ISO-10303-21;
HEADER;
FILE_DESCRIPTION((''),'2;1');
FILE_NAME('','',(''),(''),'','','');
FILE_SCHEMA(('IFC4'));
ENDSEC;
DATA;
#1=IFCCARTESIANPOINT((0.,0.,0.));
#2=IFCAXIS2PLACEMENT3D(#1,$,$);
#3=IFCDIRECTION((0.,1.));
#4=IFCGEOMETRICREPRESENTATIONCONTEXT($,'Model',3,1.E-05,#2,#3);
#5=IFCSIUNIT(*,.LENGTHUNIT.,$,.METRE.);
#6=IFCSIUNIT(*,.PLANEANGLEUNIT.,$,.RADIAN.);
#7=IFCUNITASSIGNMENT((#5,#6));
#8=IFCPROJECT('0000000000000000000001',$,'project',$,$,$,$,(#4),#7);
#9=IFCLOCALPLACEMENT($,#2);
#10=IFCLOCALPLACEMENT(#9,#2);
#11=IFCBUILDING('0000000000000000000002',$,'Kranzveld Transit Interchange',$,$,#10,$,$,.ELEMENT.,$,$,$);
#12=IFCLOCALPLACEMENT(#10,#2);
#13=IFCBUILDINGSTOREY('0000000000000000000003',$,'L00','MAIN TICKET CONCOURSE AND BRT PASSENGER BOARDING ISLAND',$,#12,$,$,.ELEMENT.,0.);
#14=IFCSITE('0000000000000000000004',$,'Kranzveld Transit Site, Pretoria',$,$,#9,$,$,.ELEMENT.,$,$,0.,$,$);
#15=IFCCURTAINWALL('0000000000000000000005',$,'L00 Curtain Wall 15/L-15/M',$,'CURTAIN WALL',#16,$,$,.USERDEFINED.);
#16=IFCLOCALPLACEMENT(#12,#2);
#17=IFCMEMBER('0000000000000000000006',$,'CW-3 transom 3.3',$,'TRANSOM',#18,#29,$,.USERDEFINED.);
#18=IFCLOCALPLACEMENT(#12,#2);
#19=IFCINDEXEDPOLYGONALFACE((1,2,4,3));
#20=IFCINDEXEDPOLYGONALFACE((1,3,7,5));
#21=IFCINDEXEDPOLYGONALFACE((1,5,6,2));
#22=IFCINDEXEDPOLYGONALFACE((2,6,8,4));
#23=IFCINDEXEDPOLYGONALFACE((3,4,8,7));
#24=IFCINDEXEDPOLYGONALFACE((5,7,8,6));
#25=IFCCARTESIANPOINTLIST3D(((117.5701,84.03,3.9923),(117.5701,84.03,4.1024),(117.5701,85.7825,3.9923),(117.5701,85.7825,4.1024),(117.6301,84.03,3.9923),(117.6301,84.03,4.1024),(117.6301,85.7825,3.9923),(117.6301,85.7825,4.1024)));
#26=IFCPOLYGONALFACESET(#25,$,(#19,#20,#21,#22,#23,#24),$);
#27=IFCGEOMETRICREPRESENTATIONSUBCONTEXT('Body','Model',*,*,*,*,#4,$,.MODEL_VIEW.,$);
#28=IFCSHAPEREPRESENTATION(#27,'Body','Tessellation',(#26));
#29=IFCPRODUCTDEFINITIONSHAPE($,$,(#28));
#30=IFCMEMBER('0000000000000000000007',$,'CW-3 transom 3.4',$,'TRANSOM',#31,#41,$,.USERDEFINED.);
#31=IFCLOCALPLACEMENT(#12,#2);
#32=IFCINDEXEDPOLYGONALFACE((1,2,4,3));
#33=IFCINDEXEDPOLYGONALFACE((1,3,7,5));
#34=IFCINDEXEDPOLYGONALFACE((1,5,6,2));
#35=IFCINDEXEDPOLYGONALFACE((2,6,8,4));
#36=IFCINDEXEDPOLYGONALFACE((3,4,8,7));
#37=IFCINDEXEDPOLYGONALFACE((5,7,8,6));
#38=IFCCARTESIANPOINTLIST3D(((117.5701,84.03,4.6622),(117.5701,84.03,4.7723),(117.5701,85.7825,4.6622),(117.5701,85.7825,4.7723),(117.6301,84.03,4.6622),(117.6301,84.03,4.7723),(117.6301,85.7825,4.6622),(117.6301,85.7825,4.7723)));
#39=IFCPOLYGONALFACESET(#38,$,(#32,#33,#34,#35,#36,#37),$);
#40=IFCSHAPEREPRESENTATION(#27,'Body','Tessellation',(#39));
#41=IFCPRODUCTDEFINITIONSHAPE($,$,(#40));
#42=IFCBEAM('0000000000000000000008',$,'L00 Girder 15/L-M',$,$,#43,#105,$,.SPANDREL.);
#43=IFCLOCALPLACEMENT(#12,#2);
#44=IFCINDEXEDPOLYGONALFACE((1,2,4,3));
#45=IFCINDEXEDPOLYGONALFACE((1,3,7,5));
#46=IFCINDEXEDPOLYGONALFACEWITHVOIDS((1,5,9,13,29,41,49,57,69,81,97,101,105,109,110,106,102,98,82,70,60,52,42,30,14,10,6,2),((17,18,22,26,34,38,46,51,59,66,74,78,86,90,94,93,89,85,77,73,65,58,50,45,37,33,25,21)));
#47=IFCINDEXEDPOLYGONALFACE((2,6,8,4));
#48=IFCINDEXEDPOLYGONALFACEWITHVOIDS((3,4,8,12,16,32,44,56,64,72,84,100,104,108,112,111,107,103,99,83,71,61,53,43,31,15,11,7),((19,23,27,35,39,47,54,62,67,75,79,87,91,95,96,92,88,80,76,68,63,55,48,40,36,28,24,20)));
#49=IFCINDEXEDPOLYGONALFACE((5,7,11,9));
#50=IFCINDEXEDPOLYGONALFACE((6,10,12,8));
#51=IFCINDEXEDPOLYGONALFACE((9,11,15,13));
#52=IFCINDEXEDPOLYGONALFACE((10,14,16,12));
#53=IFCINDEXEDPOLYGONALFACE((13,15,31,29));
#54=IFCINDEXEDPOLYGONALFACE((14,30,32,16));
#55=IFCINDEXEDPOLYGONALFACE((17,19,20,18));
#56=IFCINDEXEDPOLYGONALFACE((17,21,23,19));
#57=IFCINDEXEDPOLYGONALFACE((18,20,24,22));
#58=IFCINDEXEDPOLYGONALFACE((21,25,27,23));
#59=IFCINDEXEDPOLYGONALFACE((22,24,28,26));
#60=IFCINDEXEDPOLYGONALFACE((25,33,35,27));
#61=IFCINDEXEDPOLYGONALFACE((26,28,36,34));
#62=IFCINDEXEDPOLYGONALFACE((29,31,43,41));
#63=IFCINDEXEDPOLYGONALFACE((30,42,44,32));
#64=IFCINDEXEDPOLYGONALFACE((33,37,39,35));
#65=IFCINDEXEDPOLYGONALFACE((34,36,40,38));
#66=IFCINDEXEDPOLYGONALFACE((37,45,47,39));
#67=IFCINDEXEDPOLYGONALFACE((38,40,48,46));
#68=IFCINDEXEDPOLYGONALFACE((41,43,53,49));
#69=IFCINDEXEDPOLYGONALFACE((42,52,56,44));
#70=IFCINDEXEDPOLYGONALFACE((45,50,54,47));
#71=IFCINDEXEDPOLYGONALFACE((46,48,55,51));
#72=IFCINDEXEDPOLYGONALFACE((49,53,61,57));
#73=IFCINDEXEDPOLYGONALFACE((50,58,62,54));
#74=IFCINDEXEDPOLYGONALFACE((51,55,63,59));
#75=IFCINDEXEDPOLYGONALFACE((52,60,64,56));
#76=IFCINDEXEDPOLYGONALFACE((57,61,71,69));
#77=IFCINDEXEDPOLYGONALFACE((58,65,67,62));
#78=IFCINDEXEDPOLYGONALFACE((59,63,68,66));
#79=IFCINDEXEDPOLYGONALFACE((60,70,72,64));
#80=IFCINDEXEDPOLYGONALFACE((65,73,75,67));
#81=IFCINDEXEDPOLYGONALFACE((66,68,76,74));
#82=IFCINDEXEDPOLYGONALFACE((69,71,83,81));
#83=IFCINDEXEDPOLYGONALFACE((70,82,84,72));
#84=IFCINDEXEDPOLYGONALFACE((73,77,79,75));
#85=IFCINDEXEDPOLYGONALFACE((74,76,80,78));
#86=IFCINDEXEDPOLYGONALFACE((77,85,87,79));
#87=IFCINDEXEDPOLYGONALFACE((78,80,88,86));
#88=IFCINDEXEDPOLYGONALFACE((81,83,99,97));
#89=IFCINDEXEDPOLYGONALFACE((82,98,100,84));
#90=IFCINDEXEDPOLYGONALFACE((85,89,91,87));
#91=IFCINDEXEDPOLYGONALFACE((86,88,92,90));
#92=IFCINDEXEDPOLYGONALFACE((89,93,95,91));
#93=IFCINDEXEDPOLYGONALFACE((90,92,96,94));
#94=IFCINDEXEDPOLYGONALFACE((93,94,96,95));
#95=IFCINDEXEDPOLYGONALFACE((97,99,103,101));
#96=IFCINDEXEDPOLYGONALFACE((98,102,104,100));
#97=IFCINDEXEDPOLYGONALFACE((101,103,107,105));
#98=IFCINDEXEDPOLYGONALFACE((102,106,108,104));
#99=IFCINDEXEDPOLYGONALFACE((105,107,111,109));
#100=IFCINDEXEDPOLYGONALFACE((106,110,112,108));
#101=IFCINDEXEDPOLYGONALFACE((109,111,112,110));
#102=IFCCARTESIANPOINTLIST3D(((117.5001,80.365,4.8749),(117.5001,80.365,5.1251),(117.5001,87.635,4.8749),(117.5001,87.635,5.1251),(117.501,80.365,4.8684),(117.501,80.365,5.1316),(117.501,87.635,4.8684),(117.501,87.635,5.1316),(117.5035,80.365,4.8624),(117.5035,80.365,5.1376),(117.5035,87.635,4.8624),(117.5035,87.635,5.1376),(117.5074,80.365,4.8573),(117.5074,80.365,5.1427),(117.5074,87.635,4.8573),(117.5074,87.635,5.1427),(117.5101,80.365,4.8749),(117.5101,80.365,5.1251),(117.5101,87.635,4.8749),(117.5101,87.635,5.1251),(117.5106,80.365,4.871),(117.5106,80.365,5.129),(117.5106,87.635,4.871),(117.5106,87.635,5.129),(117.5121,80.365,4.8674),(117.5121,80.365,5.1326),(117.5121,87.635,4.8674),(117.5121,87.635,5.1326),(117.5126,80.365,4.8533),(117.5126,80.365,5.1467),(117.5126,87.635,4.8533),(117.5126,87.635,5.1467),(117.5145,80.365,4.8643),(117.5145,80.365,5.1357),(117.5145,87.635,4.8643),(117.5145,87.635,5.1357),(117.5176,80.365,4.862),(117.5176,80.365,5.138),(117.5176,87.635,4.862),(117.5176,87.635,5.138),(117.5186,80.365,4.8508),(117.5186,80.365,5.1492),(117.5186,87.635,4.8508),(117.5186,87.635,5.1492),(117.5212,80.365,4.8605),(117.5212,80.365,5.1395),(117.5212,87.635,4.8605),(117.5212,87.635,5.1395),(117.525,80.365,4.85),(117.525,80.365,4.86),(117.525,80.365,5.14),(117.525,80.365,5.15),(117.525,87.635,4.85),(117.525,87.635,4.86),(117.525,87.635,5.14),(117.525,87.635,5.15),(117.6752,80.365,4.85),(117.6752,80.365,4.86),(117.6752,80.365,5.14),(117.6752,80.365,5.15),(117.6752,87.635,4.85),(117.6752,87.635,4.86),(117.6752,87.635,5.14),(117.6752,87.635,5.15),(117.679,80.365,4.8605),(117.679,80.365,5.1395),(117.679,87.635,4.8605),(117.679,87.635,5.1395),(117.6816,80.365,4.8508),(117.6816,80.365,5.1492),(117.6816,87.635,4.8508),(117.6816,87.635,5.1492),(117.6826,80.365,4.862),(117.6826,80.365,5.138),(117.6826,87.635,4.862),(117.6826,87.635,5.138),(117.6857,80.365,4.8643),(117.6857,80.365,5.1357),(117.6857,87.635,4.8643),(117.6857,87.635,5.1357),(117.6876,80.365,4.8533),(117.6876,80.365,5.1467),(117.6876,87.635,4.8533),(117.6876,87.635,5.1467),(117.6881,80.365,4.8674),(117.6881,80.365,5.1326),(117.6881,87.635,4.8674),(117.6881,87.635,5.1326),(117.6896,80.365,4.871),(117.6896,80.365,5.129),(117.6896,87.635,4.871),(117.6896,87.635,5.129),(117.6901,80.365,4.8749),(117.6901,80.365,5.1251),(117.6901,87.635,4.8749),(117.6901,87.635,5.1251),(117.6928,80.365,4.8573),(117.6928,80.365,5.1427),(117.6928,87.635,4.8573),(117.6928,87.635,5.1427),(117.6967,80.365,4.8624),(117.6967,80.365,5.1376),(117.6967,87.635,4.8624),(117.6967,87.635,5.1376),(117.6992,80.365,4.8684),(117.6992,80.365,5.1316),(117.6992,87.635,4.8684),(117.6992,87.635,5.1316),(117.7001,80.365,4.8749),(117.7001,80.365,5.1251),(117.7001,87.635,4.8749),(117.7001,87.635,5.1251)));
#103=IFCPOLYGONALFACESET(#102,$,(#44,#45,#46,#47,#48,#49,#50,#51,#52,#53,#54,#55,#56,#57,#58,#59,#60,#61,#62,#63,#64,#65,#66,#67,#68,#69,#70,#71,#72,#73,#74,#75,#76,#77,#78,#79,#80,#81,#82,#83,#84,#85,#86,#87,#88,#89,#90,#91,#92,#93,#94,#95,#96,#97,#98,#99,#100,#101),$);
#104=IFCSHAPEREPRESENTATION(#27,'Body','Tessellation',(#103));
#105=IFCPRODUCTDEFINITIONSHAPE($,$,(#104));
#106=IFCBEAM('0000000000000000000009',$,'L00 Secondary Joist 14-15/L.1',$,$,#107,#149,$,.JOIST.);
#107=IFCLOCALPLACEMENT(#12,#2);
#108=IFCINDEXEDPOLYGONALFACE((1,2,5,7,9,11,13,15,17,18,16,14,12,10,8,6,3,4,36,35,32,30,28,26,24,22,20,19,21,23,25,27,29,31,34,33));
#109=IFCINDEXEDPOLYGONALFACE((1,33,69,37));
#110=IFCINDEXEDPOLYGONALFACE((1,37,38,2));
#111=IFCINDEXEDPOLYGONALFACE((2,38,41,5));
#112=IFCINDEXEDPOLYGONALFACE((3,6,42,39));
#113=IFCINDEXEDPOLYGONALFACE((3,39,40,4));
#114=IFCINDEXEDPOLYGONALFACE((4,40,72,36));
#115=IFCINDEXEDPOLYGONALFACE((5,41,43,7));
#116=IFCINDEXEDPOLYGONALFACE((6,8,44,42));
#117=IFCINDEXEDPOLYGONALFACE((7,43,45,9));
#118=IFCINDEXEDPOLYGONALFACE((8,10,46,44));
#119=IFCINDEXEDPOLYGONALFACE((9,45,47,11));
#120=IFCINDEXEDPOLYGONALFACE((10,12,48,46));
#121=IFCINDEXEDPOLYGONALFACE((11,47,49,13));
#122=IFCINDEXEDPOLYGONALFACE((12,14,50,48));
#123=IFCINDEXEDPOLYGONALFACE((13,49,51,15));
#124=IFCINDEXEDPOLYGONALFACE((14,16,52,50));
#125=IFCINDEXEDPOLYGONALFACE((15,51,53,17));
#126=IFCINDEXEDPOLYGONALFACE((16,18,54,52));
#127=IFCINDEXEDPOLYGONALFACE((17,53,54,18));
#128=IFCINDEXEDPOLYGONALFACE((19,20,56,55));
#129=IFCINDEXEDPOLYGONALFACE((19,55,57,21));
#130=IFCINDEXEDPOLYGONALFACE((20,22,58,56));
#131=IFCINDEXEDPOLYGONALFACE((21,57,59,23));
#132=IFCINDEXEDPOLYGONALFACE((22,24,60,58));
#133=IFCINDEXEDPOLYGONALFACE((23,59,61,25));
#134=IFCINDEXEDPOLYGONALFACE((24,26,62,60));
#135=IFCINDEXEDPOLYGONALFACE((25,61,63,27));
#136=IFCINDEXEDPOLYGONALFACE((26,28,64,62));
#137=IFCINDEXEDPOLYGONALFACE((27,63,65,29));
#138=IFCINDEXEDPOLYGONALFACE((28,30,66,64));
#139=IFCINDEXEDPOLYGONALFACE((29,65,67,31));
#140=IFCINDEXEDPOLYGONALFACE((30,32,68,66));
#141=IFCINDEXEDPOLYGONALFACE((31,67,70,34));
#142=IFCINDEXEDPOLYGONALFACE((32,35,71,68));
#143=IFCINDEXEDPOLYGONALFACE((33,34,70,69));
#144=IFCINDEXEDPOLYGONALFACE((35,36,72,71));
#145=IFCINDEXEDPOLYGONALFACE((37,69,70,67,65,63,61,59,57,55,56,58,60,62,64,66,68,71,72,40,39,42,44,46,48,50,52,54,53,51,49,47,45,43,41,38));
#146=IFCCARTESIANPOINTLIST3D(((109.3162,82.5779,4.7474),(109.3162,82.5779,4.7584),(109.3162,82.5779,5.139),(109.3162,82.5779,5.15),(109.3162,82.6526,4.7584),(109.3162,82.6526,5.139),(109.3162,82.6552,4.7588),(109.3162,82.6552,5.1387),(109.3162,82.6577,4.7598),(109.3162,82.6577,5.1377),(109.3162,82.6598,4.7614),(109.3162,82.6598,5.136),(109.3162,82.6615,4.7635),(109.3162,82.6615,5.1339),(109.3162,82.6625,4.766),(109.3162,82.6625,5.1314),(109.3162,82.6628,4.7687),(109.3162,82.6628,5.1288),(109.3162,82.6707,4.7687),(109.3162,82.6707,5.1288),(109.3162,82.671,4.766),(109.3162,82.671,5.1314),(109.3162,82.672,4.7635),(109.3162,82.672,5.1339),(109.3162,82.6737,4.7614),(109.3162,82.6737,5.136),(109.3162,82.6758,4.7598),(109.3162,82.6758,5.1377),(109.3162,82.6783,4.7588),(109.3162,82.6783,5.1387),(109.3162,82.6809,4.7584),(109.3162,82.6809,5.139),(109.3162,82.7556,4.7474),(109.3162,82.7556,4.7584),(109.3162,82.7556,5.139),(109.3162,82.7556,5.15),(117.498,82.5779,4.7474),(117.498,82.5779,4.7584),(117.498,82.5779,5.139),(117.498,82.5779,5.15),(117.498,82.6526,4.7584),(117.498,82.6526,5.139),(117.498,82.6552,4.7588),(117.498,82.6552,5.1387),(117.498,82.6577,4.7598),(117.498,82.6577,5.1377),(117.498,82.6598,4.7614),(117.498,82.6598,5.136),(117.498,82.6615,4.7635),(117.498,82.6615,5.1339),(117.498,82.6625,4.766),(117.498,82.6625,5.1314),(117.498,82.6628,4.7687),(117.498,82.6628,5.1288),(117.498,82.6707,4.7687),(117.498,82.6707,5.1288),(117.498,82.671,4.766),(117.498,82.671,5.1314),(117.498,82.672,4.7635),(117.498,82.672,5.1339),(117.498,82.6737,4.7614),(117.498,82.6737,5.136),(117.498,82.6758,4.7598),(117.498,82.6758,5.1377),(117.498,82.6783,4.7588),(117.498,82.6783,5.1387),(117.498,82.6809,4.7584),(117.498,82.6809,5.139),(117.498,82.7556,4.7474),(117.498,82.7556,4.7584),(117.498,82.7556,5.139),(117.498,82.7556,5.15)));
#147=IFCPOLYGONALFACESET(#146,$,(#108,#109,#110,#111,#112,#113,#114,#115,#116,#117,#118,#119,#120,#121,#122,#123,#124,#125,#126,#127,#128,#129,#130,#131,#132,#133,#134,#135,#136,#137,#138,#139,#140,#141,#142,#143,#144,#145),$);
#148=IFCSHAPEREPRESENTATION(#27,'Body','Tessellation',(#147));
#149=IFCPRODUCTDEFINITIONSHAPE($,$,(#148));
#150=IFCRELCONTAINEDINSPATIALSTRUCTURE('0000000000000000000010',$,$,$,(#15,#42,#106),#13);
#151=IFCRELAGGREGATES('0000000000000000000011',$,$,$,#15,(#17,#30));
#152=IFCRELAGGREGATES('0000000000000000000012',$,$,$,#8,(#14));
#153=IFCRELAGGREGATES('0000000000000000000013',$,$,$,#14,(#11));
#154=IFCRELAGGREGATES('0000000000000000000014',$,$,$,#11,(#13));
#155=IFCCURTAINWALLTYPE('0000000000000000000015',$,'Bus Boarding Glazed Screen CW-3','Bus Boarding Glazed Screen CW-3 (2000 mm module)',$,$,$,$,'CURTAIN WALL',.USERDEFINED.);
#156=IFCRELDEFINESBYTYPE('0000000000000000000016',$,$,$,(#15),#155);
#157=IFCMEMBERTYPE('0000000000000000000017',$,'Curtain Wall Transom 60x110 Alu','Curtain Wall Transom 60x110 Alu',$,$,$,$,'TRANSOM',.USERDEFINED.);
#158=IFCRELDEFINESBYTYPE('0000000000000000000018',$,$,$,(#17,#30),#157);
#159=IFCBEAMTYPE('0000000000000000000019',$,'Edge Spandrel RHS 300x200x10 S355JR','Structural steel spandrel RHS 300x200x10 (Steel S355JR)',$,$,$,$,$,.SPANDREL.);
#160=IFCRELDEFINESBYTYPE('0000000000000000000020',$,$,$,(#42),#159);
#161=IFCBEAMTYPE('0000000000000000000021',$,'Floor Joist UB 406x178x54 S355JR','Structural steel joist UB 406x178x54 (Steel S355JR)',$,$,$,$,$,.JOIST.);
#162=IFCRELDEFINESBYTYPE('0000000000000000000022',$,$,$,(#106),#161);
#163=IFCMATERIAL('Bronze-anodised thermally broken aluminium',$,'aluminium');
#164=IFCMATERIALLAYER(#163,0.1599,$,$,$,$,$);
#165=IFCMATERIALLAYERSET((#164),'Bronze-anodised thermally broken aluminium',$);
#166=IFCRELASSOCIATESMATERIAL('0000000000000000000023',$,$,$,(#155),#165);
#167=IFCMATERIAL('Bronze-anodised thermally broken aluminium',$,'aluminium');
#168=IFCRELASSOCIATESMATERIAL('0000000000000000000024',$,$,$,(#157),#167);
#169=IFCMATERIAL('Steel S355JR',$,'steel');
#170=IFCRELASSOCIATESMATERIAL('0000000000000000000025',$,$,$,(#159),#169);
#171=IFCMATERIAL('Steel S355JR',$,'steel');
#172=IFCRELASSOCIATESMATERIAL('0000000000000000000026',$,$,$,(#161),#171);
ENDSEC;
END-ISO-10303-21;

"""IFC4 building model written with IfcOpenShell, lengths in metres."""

from ifc_helpers import new_model, si_unit, direction, frame, origin, origin_2d, place, context, subcontext, project, spatial, rectangle, hollow_rectangle, i_section, extrude, material, layer, layer_set, material_profile, profile_set, type_object, element, aggregate, save


model = new_model("IFC4")

# Units and contexts
model_context = context("Model", 3, precision=1e-05, world=origin(), true_north=direction((0.0, 1.0)))
body_context = subcontext(model_context, "Body", "Model", "MODEL_VIEW")
ifc_project = project(units=[si_unit("LENGTHUNIT", "METRE"), si_unit("PLANEANGLEUNIT", "RADIAN")], contexts=[model_context])

# Site, building, storey
site_placement = place(None, origin())
site = spatial("IfcSite", under=ifc_project, at=site_placement, Name="Kranzveld Transit Site, Pretoria", CompositionType="ELEMENT", RefElevation=0.0)
building_placement = place(site_placement, origin())
building = spatial("IfcBuilding", under=site, at=building_placement, Name="Kranzveld Transit Interchange", CompositionType="ELEMENT")
storey_placement = place(building_placement, origin())
storey = spatial("IfcBuildingStorey", under=building, at=storey_placement, Name="L00", Description="MAIN TICKET CONCOURSE AND BRT PASSENGER BOARDING ISLAND", CompositionType="ELEMENT", Elevation=0.0)

# Curtain wall, members
ifc_material_1 = material(Name="Bronze-anodised thermally broken aluminium", Category="aluminium")
ifc_layer_1 = layer(ifc_material_1, 0.1599)
ifc_layer_set_1 = layer_set([ifc_layer_1], Name="Bronze-anodised thermally broken aluminium")
curtain_wall_type = type_object("IfcCurtainWallType", Name="Bus Boarding Glazed Screen CW-3", Description="Bus Boarding Glazed Screen CW-3 (2000 mm module)", ElementType="CURTAIN WALL", PredefinedType="USERDEFINED", material=ifc_layer_set_1)
curtain_wall_placement = place(storey_placement, origin())
curtain_wall = element("IfcCurtainWall", 1, at=curtain_wall_placement, inside=storey, type_object=curtain_wall_type, Name="L00 Curtain Wall 15/L-15/M", ObjectType="CURTAIN WALL", PredefinedType="USERDEFINED")
ifc_material_2 = material(Name="Bronze-anodised thermally broken aluminium", Category="aluminium")
ifc_material_profile_1 = material_profile(ifc_material_2, rectangle(XDim=0.0601, YDim=0.1101, at=origin_2d()), Name="ALU TRANSOM 60x110")
ifc_profile_set_1 = profile_set([ifc_material_profile_1], Name="Bronze-anodised thermally broken aluminium")
member_type_1 = type_object("IfcMemberType", Name="Curtain Wall Transom 60x110 Alu", Description="Curtain Wall Transom 60x110 Alu", ElementType="TRANSOM", PredefinedType="USERDEFINED", material=ifc_profile_set_1)
member_1_placement = place(storey_placement, frame((117.6001, 84.03, 4.0474), z_axis=(0.0, 1.0, 0.0), x_axis=(-1.0, 0.0, 0.0)))
member_1 = element("IfcMember", 2, at=member_1_placement, type_object=member_type_1, Name="CW-3 transom 3.3", ObjectType="TRANSOM", PredefinedType="USERDEFINED", context=body_context, shape_type="SweptSolid", body=[
    extrude(rectangle(XDim=0.0601, YDim=0.1101, at=origin_2d()), origin(), (0.0, 0.0, 1.0), 1.7524),
])
member_2_placement = place(storey_placement, frame((117.6001, 84.03, 4.7173), z_axis=(0.0, 1.0, 0.0), x_axis=(-1.0, 0.0, 0.0)))
member_2 = element("IfcMember", 3, at=member_2_placement, type_object=member_type_1, Name="CW-3 transom 3.4", ObjectType="TRANSOM", PredefinedType="USERDEFINED", context=body_context, shape_type="SweptSolid", body=[
    extrude(rectangle(XDim=0.0601, YDim=0.1101, at=origin_2d()), origin(), (0.0, 0.0, 1.0), 1.7524),
])

# Beams
ifc_material_3 = material(Name="Steel S355JR", Category="steel")
ifc_material_profile_2 = material_profile(ifc_material_3, hollow_rectangle(XDim=0.2, YDim=0.3, WallThickness=0.01, InnerFilletRadius=0.0149, OuterFilletRadius=0.0249, at=origin_2d()), Name="RHS 300x200x10")
ifc_profile_set_2 = profile_set([ifc_material_profile_2], Name="Steel S355JR")
beam_type_1 = type_object("IfcBeamType", Name="Edge Spandrel RHS 300x200x10 S355JR", Description="Structural steel spandrel RHS 300x200x10 (Steel S355JR)", PredefinedType="SPANDREL", material=ifc_profile_set_2)
beam_1_placement = place(storey_placement, frame((117.6001, 80.365, 5.0), z_axis=(0.0, 1.0, 0.0), x_axis=(-1.0, 0.0, 0.0)))
element("IfcBeam", 4, at=beam_1_placement, inside=storey, type_object=beam_type_1, Name="L00 Girder 15/L-M", PredefinedType="SPANDREL", context=body_context, shape_type="SweptSolid", body=[
    extrude(hollow_rectangle(XDim=0.2, YDim=0.3, WallThickness=0.01, InnerFilletRadius=0.0149, OuterFilletRadius=0.0249, at=origin_2d()), origin(), (0.0, 0.0, 1.0), 7.27),
])
ifc_material_4 = material(Name="Steel S355JR", Category="steel")
ifc_material_profile_3 = material_profile(ifc_material_4, i_section(OverallWidth=0.1777, OverallDepth=0.4026, WebThickness=0.0078, FlangeThickness=0.011, FilletRadius=0.0103, at=origin_2d()), Name="UB 406x178x54")
ifc_profile_set_3 = profile_set([ifc_material_profile_3], Name="Steel S355JR")
beam_type_2 = type_object("IfcBeamType", Name="Floor Joist UB 406x178x54 S355JR", Description="Structural steel joist UB 406x178x54 (Steel S355JR)", PredefinedType="JOIST", material=ifc_profile_set_3)
beam_2_placement = place(storey_placement, frame((109.3162, 82.6667, 4.9487), z_axis=(1.0, 0.0, 0.0), x_axis=(0.0, 1.0, 0.0)))
element("IfcBeam", 5, at=beam_2_placement, inside=storey, type_object=beam_type_2, Name="L00 Secondary Joist 14-15/L.1", PredefinedType="JOIST", context=body_context, shape_type="SweptSolid", body=[
    extrude(i_section(OverallWidth=0.1777, OverallDepth=0.4026, WebThickness=0.0078, FlangeThickness=0.011, FilletRadius=0.0103, at=origin_2d()), origin(), (0.0, 0.0, 1.0), 8.1819),
])

aggregate(curtain_wall, [member_1, member_2])

save(model, "model.ifc")
